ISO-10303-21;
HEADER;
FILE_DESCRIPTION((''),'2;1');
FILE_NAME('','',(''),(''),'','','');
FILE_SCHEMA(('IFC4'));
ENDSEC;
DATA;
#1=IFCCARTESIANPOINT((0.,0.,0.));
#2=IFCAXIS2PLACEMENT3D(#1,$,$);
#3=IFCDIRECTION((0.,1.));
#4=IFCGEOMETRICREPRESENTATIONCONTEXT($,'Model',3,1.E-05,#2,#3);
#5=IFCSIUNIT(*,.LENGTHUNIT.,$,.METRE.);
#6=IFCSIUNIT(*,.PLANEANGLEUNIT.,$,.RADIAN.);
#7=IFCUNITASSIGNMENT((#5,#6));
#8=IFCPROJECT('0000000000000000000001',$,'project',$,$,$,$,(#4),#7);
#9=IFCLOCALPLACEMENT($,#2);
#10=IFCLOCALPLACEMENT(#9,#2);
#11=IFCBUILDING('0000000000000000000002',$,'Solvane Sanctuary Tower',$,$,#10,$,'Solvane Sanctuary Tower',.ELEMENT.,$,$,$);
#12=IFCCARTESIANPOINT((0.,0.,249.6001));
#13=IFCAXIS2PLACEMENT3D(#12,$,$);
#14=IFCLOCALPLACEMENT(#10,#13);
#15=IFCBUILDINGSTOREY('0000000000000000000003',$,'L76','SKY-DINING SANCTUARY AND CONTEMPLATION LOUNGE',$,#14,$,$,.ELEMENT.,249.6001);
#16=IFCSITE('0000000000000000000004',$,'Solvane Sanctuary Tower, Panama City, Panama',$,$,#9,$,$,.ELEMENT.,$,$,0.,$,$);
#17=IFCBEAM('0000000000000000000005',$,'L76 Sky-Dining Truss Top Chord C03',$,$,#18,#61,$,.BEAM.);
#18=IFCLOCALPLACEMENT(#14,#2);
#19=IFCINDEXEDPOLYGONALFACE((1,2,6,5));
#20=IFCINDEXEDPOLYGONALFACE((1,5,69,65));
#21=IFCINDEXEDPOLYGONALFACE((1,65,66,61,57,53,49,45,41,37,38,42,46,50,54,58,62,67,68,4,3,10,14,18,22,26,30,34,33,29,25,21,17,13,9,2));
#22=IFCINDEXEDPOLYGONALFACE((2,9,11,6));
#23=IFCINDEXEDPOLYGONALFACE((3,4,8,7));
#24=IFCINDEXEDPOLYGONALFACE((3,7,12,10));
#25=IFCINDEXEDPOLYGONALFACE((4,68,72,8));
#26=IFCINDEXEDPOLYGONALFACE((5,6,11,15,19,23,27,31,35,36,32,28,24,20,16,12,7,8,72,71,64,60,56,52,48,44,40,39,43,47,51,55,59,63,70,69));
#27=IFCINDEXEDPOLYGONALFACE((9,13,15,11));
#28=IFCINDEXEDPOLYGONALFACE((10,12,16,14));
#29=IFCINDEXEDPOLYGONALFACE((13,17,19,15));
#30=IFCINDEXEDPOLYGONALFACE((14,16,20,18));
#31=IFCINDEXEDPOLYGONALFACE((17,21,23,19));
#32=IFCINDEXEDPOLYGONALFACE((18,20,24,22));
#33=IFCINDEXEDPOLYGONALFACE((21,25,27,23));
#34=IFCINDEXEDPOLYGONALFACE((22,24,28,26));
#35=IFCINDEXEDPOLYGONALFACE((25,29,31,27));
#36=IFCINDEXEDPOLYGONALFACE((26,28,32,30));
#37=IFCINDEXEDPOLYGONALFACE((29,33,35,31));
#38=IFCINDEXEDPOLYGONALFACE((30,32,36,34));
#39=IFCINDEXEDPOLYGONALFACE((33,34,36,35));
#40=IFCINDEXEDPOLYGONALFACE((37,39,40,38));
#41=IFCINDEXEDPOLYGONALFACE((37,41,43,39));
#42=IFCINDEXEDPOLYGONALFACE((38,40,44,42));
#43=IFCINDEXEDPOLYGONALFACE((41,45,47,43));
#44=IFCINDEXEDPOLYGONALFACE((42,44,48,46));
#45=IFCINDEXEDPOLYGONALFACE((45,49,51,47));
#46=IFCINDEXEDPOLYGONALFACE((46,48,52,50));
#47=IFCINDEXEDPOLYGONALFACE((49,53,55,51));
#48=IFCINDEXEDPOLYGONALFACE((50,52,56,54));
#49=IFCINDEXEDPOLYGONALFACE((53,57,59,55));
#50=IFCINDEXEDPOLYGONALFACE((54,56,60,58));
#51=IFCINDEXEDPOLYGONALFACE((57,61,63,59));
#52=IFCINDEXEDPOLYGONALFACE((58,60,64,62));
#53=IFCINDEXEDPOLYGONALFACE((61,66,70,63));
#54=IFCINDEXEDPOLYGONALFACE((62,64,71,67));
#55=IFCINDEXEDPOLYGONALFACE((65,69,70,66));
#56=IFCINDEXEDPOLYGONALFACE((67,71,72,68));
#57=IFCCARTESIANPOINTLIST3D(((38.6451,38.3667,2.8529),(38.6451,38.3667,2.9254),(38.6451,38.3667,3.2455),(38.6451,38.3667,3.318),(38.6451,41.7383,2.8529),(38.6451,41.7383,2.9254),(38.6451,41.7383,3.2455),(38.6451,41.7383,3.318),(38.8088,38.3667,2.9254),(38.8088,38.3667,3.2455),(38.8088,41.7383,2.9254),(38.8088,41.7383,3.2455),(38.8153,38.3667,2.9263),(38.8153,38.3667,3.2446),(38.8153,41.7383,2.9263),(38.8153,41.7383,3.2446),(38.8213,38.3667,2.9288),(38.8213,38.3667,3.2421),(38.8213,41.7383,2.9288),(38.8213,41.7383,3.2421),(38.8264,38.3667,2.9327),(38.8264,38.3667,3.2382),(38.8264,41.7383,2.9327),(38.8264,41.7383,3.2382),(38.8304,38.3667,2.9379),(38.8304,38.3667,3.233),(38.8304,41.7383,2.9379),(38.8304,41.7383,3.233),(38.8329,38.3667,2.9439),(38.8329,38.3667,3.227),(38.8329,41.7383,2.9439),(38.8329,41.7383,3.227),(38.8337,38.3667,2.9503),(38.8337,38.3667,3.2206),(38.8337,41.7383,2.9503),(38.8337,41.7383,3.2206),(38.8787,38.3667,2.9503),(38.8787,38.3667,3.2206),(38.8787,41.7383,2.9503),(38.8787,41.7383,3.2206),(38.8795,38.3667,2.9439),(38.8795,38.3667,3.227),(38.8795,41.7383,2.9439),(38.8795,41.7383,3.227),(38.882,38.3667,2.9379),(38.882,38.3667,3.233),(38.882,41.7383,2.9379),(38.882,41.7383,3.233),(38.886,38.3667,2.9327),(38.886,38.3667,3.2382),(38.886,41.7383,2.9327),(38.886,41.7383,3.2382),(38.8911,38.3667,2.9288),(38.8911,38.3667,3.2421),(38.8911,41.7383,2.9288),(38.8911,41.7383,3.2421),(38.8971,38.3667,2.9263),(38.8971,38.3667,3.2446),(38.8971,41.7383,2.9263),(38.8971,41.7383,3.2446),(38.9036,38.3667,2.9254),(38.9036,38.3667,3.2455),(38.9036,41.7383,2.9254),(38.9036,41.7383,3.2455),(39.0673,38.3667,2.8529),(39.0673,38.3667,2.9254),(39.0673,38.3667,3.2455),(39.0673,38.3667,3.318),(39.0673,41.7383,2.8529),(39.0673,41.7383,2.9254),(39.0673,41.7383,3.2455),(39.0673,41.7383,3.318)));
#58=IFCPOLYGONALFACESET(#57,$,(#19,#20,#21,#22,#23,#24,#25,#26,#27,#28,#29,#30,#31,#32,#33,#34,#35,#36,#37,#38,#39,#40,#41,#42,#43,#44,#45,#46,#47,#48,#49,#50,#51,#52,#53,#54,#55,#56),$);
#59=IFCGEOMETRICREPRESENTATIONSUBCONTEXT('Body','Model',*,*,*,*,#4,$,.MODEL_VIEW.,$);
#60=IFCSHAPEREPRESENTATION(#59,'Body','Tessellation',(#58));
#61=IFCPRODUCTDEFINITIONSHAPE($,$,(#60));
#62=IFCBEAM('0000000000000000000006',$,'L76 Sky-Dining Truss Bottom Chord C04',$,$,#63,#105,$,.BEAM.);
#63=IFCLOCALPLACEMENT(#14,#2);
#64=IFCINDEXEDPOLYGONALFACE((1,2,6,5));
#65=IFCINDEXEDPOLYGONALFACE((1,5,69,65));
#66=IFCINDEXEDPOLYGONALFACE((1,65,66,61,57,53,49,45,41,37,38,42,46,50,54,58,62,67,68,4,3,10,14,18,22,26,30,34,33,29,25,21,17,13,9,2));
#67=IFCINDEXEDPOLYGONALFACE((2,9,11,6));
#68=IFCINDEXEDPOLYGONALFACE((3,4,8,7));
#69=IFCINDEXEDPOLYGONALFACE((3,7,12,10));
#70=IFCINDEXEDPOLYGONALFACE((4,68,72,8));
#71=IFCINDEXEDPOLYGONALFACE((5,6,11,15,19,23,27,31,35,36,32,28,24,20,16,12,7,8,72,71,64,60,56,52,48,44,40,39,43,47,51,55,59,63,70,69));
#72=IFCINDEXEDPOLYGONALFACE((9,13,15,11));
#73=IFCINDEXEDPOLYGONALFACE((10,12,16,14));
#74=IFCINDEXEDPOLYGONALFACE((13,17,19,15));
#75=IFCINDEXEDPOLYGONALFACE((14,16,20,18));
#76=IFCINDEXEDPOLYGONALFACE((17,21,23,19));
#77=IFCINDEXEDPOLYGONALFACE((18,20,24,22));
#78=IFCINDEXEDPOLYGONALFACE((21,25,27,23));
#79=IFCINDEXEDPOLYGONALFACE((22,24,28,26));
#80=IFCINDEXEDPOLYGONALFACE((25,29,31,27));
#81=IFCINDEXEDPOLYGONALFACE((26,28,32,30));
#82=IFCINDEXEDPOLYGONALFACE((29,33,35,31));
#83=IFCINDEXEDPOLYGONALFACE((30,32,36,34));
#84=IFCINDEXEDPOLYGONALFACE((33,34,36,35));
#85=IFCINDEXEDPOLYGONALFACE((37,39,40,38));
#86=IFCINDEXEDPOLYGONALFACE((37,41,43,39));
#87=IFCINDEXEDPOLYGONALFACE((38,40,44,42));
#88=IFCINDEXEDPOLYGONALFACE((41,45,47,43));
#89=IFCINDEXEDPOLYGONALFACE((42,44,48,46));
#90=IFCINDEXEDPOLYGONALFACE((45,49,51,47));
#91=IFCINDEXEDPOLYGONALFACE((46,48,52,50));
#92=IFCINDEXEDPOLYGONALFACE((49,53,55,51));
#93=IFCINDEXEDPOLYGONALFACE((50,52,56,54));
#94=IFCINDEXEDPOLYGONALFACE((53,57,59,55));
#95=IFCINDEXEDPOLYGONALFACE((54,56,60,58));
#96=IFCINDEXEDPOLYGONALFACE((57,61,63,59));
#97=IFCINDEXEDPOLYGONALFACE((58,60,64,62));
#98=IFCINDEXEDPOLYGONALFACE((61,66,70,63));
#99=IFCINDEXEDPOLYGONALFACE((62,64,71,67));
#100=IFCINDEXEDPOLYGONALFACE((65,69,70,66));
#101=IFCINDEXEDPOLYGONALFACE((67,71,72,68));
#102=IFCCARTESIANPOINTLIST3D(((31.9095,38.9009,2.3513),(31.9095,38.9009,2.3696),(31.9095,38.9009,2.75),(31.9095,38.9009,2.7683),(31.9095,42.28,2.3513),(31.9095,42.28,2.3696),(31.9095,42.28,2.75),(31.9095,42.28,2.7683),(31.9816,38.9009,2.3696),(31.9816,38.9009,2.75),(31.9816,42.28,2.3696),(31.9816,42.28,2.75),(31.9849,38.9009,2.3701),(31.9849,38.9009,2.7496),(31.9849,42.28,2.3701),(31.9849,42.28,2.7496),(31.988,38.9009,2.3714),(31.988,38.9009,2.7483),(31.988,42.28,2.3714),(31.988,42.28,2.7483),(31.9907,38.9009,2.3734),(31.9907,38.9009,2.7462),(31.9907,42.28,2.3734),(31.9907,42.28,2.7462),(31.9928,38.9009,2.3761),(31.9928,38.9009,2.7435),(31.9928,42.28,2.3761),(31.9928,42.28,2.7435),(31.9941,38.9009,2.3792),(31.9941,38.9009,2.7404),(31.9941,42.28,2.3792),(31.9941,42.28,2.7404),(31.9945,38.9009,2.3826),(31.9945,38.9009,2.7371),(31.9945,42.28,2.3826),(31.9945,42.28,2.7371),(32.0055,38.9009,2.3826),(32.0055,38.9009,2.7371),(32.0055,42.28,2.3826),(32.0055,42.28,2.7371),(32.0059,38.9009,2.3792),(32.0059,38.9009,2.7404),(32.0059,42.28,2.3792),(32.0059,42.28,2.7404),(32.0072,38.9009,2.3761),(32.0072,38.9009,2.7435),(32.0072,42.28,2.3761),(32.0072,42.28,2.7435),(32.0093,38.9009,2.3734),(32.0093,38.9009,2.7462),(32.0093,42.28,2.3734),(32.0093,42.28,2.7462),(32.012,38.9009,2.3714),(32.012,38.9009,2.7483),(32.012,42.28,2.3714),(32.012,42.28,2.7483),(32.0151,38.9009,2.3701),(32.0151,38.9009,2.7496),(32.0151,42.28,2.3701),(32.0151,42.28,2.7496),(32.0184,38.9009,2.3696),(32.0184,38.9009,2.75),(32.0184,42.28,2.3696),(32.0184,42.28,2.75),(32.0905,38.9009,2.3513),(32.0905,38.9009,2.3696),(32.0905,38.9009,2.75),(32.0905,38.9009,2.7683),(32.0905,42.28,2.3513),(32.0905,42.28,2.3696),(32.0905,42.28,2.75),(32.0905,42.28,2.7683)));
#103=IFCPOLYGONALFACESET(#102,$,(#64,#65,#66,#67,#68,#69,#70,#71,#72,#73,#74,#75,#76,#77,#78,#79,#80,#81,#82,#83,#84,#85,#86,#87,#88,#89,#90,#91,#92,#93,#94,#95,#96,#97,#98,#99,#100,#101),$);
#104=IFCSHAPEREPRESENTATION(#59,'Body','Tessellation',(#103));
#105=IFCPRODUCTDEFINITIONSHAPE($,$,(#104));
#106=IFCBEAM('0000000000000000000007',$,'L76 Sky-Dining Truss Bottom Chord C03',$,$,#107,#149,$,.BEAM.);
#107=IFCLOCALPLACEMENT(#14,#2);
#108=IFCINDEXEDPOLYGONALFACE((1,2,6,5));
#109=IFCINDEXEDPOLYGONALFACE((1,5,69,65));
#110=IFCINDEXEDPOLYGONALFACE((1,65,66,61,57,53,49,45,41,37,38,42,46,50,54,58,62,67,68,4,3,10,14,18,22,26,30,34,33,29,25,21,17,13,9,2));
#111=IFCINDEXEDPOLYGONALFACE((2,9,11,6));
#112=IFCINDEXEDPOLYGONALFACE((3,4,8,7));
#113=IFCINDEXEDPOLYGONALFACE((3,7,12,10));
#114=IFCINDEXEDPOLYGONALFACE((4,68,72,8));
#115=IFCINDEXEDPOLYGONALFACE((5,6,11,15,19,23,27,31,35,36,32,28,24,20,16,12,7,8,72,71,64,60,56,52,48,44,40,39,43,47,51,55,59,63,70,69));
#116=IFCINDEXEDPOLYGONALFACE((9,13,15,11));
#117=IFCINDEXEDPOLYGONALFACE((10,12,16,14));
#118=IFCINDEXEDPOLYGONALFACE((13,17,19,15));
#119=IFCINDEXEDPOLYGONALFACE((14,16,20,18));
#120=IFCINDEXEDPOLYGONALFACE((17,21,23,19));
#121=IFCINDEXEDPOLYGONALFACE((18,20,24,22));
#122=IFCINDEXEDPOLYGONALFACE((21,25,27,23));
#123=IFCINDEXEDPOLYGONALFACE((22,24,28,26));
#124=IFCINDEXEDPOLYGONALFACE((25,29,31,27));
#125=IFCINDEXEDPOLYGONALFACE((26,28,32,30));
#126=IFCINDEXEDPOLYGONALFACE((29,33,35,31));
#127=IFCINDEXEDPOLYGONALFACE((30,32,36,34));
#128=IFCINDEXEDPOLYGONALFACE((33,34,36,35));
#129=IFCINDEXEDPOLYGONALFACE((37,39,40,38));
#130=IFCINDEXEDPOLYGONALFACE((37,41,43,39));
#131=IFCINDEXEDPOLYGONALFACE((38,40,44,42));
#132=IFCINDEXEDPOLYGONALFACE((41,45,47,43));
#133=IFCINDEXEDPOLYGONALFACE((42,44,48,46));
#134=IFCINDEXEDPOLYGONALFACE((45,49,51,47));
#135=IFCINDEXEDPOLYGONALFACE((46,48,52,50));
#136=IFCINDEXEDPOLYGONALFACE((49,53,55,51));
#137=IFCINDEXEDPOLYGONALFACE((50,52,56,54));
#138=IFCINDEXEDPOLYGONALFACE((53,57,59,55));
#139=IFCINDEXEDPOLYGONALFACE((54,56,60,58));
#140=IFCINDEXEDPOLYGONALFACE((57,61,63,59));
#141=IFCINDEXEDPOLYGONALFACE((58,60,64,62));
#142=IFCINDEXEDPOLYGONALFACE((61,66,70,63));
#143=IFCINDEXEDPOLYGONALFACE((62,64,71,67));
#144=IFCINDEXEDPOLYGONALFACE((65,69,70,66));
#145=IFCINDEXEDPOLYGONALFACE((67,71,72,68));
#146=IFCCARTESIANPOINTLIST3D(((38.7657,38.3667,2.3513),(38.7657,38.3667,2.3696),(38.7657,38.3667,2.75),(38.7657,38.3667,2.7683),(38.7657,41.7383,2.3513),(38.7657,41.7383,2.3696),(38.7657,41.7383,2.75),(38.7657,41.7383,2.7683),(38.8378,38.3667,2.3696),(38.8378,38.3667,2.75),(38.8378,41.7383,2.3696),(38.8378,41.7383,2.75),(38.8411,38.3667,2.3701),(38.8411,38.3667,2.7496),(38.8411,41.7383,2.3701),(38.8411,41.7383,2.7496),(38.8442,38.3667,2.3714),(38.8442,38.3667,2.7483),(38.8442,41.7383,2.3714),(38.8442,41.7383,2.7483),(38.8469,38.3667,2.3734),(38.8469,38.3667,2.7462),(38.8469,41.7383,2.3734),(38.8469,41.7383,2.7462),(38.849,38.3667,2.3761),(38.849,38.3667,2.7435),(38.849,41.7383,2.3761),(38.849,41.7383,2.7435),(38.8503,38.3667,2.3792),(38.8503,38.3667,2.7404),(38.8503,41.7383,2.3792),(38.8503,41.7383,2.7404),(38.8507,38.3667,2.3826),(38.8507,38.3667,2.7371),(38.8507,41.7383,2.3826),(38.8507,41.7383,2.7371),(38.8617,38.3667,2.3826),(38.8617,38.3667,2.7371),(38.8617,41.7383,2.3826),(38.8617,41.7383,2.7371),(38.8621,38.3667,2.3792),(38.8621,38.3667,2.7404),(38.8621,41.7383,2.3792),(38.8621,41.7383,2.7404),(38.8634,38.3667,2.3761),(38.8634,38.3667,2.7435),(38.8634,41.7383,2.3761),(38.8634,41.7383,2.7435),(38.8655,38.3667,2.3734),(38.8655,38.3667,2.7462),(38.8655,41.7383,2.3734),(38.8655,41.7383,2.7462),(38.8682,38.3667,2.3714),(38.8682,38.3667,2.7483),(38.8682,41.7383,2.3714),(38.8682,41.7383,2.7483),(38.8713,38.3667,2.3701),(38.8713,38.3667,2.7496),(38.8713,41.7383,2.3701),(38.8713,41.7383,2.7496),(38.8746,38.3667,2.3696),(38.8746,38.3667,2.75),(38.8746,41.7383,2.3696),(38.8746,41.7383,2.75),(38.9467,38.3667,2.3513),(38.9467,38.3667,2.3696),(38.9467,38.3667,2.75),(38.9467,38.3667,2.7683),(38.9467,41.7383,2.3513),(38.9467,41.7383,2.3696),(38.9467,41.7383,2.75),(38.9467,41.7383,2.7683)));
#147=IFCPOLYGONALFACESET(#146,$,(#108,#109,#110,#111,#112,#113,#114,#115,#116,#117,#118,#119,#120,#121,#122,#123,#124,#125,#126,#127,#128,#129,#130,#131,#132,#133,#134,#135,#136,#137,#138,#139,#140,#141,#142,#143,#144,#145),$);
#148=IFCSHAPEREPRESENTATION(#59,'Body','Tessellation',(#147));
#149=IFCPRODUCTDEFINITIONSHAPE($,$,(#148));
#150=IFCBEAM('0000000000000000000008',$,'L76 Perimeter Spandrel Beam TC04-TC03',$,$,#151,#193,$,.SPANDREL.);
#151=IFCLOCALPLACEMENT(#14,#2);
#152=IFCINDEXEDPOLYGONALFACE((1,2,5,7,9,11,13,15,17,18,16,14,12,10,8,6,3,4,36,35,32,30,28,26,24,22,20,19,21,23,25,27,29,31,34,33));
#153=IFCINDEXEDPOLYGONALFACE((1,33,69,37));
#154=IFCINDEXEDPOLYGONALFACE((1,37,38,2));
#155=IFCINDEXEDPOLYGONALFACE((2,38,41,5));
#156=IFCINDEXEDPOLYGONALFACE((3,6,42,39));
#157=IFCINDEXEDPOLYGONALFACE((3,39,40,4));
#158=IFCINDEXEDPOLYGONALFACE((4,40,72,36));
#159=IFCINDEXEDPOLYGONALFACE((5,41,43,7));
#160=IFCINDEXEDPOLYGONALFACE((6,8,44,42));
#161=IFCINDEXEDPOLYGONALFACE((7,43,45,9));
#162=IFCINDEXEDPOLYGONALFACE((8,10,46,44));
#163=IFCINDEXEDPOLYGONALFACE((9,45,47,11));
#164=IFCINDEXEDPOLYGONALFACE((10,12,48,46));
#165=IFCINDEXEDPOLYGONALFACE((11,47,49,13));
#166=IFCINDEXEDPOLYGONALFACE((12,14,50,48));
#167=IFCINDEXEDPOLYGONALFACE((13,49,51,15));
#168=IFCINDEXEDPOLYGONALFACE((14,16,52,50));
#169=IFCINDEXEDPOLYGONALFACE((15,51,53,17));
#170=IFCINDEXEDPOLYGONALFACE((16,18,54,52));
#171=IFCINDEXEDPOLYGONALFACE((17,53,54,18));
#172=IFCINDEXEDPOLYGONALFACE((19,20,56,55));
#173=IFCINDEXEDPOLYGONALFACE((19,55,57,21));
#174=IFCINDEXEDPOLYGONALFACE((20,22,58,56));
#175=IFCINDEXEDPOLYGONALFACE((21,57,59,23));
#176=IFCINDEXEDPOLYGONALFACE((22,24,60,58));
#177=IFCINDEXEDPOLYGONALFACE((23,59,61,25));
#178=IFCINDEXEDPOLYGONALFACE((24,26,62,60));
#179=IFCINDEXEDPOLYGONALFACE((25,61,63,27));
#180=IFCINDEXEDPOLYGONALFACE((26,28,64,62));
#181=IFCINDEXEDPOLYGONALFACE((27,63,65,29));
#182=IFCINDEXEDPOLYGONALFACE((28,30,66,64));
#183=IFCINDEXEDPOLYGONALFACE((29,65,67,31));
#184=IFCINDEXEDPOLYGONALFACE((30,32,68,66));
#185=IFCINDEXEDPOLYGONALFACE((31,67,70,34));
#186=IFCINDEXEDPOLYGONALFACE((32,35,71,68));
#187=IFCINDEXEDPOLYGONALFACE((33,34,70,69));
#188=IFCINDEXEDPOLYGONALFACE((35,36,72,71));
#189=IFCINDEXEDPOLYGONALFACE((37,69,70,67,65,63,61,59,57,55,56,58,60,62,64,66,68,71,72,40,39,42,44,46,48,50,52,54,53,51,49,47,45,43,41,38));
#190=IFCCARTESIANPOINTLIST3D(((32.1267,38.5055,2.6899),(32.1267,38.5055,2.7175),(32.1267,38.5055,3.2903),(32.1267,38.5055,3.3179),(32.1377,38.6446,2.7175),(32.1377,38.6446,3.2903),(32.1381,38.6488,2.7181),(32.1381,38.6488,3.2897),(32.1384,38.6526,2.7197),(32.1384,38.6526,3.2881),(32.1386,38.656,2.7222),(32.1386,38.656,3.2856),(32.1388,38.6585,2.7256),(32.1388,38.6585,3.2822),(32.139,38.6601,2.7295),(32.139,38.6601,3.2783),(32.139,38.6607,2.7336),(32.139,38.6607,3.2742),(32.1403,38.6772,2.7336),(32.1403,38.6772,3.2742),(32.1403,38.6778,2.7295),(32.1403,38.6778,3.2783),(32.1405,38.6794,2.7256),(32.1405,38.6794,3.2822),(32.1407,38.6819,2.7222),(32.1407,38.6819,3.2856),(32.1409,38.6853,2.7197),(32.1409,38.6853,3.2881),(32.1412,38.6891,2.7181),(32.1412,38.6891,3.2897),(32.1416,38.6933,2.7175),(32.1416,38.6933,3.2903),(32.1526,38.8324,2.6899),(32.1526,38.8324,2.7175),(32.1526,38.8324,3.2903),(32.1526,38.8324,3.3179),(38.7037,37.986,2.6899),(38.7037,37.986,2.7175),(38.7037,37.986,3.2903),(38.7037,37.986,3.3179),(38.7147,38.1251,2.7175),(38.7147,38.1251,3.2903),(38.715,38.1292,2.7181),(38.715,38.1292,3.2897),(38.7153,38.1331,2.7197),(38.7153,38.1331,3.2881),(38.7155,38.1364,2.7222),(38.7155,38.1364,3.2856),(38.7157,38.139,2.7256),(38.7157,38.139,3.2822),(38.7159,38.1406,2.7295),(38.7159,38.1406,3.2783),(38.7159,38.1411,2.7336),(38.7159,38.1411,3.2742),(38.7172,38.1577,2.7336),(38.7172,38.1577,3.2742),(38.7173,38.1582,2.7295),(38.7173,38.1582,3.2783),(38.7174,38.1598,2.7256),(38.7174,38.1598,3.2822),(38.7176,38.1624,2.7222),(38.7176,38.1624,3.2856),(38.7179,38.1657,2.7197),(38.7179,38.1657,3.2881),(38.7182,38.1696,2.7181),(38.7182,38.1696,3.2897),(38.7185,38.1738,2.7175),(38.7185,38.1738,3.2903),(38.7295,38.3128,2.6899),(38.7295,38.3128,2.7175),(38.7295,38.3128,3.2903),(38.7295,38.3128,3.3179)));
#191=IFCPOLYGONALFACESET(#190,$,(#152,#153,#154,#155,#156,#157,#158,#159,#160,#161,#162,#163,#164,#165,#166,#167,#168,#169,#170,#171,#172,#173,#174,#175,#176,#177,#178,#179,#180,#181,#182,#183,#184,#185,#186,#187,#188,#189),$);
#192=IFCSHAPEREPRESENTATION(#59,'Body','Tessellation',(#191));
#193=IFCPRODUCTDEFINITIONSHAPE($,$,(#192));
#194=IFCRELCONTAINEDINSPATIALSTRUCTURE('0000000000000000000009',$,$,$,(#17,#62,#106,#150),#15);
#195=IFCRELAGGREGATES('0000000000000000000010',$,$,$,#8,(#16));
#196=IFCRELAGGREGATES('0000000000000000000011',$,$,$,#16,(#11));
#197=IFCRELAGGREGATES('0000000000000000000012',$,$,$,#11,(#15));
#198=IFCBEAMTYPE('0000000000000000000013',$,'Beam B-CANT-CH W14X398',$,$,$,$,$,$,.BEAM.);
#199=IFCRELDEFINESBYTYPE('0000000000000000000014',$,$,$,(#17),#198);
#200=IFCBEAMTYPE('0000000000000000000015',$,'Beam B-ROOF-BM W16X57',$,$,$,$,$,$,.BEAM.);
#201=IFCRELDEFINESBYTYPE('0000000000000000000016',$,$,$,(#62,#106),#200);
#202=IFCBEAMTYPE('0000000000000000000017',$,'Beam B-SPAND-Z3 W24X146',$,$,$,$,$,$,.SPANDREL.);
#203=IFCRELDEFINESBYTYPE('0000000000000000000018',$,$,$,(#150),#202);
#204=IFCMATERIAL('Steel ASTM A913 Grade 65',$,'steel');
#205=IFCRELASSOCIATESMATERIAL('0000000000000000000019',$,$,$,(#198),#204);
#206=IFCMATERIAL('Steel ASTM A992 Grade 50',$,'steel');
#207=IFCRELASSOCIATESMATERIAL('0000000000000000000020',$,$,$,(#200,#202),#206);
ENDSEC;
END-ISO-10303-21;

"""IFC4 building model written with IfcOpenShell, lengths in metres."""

from ifc_helpers import new_model, si_unit, direction, frame, origin, origin_2d, place, context, subcontext, project, spatial, i_section, extrude, material, material_profile, profile_set, type_object, element, save


model = new_model("IFC4")

# Units and contexts
model_context = context("Model", 3, precision=1e-05, world=origin(), true_north=direction((0.0, 1.0)))
body_context = subcontext(model_context, "Body", "Model", "MODEL_VIEW")
ifc_project = project(units=[si_unit("LENGTHUNIT", "METRE"), si_unit("PLANEANGLEUNIT", "RADIAN")], contexts=[model_context])

# Site, building, storey
site_placement = place(None, origin())
site = spatial("IfcSite", under=ifc_project, at=site_placement, Name="Solvane Sanctuary Tower, Panama City, Panama", CompositionType="ELEMENT", RefElevation=0.0)
building_placement = place(site_placement, origin())
building = spatial("IfcBuilding", under=site, at=building_placement, Name="Solvane Sanctuary Tower", LongName="Solvane Sanctuary Tower", CompositionType="ELEMENT")
storey_placement = place(building_placement, frame((0.0, 0.0, 249.6001)))
storey = spatial("IfcBuildingStorey", under=building, at=storey_placement, Name="L76", Description="SKY-DINING SANCTUARY AND CONTEMPLATION LOUNGE", CompositionType="ELEMENT", Elevation=249.6001)

# Shared definitions
ifc_material_1 = material(Name="Steel ASTM A913 Grade 65", Category="steel")

# Beams
ifc_material_profile_1 = material_profile(ifc_material_1, i_section(OverallWidth=0.4221, OverallDepth=0.4651, WebThickness=0.0449, FlangeThickness=0.0725, FilletRadius=0.0249, at=origin_2d()), Name="W14X398")
ifc_profile_set_1 = profile_set([ifc_material_profile_1], Name="Steel ASTM A913 Grade 65")
beam_type_1 = type_object("IfcBeamType", Name="Beam B-CANT-CH W14X398", PredefinedType="BEAM", material=ifc_profile_set_1)
beam_1_placement = place(storey_placement, frame((38.8562, 38.3667, 3.0854), z_axis=(0.0, 1.0, 0.0), x_axis=(-1.0, 0.0, 0.0)))
element("IfcBeam", 1, at=beam_1_placement, inside=storey, type_object=beam_type_1, Name="L76 Sky-Dining Truss Top Chord C03", PredefinedType="BEAM", context=body_context, shape_type="SweptSolid", body=[
    extrude(i_section(OverallWidth=0.4221, OverallDepth=0.4651, WebThickness=0.0449, FlangeThickness=0.0725, FilletRadius=0.0249, at=origin_2d()), origin(), (0.0, 0.0, 1.0), 3.3716),
])
ifc_material_2 = material(Name="Steel ASTM A992 Grade 50", Category="steel")
ifc_material_profile_2 = material_profile(ifc_material_2, i_section(OverallWidth=0.1809, OverallDepth=0.417, WebThickness=0.011, FlangeThickness=0.0183, FilletRadius=0.0129, at=origin_2d()), Name="W16X57")
ifc_profile_set_2 = profile_set([ifc_material_profile_2], Name="Steel ASTM A992 Grade 50")
beam_type_2 = type_object("IfcBeamType", Name="Beam B-ROOF-BM W16X57", PredefinedType="BEAM", material=ifc_profile_set_2)
beam_2_placement = place(storey_placement, frame((32.0, 38.9009, 2.5598), z_axis=(0.0, 1.0, 0.0), x_axis=(-1.0, 0.0, 0.0)))
element("IfcBeam", 2, at=beam_2_placement, inside=storey, type_object=beam_type_2, Name="L76 Sky-Dining Truss Bottom Chord C04", PredefinedType="BEAM", context=body_context, shape_type="SweptSolid", body=[
    extrude(i_section(OverallWidth=0.1809, OverallDepth=0.417, WebThickness=0.011, FlangeThickness=0.0183, FilletRadius=0.0129, at=origin_2d()), origin(), (0.0, 0.0, 1.0), 3.3792),
])
beam_3_placement = place(storey_placement, frame((38.8562, 38.3667, 2.5598), z_axis=(0.0, 1.0, 0.0), x_axis=(-1.0, 0.0, 0.0)))
element("IfcBeam", 3, at=beam_3_placement, inside=storey, type_object=beam_type_2, Name="L76 Sky-Dining Truss Bottom Chord C03", PredefinedType="BEAM", context=body_context, shape_type="SweptSolid", body=[
    extrude(i_section(OverallWidth=0.1809, OverallDepth=0.417, WebThickness=0.011, FlangeThickness=0.0183, FilletRadius=0.0129, at=origin_2d()), origin(), (0.0, 0.0, 1.0), 3.3716),
])
ifc_material_profile_3 = material_profile(ifc_material_2, i_section(OverallWidth=0.3279, OverallDepth=0.6279, WebThickness=0.0166, FlangeThickness=0.0276, FilletRadius=0.0161, at=origin_2d()), Name="W24X146")
ifc_profile_set_3 = profile_set([ifc_material_profile_3], Name="Steel ASTM A992 Grade 50")
beam_type_3 = type_object("IfcBeamType", Name="Beam B-SPAND-Z3 W24X146", PredefinedType="SPANDREL", material=ifc_profile_set_3)
beam_4_placement = place(storey_placement, frame((32.1396, 38.6689, 3.0039), z_axis=(0.996895, -0.078748, 0.0), x_axis=(0.078748, 0.996895, 0.0)))
element("IfcBeam", 4, at=beam_4_placement, inside=storey, type_object=beam_type_3, Name="L76 Perimeter Spandrel Beam TC04-TC03", PredefinedType="SPANDREL", context=body_context, shape_type="SweptSolid", body=[
    extrude(i_section(OverallWidth=0.3279, OverallDepth=0.6279, WebThickness=0.0166, FlangeThickness=0.0276, FilletRadius=0.0161, at=origin_2d()), origin(), (0.0, 0.0, 1.0), 6.5974),
])

save(model, "model.ifc")
